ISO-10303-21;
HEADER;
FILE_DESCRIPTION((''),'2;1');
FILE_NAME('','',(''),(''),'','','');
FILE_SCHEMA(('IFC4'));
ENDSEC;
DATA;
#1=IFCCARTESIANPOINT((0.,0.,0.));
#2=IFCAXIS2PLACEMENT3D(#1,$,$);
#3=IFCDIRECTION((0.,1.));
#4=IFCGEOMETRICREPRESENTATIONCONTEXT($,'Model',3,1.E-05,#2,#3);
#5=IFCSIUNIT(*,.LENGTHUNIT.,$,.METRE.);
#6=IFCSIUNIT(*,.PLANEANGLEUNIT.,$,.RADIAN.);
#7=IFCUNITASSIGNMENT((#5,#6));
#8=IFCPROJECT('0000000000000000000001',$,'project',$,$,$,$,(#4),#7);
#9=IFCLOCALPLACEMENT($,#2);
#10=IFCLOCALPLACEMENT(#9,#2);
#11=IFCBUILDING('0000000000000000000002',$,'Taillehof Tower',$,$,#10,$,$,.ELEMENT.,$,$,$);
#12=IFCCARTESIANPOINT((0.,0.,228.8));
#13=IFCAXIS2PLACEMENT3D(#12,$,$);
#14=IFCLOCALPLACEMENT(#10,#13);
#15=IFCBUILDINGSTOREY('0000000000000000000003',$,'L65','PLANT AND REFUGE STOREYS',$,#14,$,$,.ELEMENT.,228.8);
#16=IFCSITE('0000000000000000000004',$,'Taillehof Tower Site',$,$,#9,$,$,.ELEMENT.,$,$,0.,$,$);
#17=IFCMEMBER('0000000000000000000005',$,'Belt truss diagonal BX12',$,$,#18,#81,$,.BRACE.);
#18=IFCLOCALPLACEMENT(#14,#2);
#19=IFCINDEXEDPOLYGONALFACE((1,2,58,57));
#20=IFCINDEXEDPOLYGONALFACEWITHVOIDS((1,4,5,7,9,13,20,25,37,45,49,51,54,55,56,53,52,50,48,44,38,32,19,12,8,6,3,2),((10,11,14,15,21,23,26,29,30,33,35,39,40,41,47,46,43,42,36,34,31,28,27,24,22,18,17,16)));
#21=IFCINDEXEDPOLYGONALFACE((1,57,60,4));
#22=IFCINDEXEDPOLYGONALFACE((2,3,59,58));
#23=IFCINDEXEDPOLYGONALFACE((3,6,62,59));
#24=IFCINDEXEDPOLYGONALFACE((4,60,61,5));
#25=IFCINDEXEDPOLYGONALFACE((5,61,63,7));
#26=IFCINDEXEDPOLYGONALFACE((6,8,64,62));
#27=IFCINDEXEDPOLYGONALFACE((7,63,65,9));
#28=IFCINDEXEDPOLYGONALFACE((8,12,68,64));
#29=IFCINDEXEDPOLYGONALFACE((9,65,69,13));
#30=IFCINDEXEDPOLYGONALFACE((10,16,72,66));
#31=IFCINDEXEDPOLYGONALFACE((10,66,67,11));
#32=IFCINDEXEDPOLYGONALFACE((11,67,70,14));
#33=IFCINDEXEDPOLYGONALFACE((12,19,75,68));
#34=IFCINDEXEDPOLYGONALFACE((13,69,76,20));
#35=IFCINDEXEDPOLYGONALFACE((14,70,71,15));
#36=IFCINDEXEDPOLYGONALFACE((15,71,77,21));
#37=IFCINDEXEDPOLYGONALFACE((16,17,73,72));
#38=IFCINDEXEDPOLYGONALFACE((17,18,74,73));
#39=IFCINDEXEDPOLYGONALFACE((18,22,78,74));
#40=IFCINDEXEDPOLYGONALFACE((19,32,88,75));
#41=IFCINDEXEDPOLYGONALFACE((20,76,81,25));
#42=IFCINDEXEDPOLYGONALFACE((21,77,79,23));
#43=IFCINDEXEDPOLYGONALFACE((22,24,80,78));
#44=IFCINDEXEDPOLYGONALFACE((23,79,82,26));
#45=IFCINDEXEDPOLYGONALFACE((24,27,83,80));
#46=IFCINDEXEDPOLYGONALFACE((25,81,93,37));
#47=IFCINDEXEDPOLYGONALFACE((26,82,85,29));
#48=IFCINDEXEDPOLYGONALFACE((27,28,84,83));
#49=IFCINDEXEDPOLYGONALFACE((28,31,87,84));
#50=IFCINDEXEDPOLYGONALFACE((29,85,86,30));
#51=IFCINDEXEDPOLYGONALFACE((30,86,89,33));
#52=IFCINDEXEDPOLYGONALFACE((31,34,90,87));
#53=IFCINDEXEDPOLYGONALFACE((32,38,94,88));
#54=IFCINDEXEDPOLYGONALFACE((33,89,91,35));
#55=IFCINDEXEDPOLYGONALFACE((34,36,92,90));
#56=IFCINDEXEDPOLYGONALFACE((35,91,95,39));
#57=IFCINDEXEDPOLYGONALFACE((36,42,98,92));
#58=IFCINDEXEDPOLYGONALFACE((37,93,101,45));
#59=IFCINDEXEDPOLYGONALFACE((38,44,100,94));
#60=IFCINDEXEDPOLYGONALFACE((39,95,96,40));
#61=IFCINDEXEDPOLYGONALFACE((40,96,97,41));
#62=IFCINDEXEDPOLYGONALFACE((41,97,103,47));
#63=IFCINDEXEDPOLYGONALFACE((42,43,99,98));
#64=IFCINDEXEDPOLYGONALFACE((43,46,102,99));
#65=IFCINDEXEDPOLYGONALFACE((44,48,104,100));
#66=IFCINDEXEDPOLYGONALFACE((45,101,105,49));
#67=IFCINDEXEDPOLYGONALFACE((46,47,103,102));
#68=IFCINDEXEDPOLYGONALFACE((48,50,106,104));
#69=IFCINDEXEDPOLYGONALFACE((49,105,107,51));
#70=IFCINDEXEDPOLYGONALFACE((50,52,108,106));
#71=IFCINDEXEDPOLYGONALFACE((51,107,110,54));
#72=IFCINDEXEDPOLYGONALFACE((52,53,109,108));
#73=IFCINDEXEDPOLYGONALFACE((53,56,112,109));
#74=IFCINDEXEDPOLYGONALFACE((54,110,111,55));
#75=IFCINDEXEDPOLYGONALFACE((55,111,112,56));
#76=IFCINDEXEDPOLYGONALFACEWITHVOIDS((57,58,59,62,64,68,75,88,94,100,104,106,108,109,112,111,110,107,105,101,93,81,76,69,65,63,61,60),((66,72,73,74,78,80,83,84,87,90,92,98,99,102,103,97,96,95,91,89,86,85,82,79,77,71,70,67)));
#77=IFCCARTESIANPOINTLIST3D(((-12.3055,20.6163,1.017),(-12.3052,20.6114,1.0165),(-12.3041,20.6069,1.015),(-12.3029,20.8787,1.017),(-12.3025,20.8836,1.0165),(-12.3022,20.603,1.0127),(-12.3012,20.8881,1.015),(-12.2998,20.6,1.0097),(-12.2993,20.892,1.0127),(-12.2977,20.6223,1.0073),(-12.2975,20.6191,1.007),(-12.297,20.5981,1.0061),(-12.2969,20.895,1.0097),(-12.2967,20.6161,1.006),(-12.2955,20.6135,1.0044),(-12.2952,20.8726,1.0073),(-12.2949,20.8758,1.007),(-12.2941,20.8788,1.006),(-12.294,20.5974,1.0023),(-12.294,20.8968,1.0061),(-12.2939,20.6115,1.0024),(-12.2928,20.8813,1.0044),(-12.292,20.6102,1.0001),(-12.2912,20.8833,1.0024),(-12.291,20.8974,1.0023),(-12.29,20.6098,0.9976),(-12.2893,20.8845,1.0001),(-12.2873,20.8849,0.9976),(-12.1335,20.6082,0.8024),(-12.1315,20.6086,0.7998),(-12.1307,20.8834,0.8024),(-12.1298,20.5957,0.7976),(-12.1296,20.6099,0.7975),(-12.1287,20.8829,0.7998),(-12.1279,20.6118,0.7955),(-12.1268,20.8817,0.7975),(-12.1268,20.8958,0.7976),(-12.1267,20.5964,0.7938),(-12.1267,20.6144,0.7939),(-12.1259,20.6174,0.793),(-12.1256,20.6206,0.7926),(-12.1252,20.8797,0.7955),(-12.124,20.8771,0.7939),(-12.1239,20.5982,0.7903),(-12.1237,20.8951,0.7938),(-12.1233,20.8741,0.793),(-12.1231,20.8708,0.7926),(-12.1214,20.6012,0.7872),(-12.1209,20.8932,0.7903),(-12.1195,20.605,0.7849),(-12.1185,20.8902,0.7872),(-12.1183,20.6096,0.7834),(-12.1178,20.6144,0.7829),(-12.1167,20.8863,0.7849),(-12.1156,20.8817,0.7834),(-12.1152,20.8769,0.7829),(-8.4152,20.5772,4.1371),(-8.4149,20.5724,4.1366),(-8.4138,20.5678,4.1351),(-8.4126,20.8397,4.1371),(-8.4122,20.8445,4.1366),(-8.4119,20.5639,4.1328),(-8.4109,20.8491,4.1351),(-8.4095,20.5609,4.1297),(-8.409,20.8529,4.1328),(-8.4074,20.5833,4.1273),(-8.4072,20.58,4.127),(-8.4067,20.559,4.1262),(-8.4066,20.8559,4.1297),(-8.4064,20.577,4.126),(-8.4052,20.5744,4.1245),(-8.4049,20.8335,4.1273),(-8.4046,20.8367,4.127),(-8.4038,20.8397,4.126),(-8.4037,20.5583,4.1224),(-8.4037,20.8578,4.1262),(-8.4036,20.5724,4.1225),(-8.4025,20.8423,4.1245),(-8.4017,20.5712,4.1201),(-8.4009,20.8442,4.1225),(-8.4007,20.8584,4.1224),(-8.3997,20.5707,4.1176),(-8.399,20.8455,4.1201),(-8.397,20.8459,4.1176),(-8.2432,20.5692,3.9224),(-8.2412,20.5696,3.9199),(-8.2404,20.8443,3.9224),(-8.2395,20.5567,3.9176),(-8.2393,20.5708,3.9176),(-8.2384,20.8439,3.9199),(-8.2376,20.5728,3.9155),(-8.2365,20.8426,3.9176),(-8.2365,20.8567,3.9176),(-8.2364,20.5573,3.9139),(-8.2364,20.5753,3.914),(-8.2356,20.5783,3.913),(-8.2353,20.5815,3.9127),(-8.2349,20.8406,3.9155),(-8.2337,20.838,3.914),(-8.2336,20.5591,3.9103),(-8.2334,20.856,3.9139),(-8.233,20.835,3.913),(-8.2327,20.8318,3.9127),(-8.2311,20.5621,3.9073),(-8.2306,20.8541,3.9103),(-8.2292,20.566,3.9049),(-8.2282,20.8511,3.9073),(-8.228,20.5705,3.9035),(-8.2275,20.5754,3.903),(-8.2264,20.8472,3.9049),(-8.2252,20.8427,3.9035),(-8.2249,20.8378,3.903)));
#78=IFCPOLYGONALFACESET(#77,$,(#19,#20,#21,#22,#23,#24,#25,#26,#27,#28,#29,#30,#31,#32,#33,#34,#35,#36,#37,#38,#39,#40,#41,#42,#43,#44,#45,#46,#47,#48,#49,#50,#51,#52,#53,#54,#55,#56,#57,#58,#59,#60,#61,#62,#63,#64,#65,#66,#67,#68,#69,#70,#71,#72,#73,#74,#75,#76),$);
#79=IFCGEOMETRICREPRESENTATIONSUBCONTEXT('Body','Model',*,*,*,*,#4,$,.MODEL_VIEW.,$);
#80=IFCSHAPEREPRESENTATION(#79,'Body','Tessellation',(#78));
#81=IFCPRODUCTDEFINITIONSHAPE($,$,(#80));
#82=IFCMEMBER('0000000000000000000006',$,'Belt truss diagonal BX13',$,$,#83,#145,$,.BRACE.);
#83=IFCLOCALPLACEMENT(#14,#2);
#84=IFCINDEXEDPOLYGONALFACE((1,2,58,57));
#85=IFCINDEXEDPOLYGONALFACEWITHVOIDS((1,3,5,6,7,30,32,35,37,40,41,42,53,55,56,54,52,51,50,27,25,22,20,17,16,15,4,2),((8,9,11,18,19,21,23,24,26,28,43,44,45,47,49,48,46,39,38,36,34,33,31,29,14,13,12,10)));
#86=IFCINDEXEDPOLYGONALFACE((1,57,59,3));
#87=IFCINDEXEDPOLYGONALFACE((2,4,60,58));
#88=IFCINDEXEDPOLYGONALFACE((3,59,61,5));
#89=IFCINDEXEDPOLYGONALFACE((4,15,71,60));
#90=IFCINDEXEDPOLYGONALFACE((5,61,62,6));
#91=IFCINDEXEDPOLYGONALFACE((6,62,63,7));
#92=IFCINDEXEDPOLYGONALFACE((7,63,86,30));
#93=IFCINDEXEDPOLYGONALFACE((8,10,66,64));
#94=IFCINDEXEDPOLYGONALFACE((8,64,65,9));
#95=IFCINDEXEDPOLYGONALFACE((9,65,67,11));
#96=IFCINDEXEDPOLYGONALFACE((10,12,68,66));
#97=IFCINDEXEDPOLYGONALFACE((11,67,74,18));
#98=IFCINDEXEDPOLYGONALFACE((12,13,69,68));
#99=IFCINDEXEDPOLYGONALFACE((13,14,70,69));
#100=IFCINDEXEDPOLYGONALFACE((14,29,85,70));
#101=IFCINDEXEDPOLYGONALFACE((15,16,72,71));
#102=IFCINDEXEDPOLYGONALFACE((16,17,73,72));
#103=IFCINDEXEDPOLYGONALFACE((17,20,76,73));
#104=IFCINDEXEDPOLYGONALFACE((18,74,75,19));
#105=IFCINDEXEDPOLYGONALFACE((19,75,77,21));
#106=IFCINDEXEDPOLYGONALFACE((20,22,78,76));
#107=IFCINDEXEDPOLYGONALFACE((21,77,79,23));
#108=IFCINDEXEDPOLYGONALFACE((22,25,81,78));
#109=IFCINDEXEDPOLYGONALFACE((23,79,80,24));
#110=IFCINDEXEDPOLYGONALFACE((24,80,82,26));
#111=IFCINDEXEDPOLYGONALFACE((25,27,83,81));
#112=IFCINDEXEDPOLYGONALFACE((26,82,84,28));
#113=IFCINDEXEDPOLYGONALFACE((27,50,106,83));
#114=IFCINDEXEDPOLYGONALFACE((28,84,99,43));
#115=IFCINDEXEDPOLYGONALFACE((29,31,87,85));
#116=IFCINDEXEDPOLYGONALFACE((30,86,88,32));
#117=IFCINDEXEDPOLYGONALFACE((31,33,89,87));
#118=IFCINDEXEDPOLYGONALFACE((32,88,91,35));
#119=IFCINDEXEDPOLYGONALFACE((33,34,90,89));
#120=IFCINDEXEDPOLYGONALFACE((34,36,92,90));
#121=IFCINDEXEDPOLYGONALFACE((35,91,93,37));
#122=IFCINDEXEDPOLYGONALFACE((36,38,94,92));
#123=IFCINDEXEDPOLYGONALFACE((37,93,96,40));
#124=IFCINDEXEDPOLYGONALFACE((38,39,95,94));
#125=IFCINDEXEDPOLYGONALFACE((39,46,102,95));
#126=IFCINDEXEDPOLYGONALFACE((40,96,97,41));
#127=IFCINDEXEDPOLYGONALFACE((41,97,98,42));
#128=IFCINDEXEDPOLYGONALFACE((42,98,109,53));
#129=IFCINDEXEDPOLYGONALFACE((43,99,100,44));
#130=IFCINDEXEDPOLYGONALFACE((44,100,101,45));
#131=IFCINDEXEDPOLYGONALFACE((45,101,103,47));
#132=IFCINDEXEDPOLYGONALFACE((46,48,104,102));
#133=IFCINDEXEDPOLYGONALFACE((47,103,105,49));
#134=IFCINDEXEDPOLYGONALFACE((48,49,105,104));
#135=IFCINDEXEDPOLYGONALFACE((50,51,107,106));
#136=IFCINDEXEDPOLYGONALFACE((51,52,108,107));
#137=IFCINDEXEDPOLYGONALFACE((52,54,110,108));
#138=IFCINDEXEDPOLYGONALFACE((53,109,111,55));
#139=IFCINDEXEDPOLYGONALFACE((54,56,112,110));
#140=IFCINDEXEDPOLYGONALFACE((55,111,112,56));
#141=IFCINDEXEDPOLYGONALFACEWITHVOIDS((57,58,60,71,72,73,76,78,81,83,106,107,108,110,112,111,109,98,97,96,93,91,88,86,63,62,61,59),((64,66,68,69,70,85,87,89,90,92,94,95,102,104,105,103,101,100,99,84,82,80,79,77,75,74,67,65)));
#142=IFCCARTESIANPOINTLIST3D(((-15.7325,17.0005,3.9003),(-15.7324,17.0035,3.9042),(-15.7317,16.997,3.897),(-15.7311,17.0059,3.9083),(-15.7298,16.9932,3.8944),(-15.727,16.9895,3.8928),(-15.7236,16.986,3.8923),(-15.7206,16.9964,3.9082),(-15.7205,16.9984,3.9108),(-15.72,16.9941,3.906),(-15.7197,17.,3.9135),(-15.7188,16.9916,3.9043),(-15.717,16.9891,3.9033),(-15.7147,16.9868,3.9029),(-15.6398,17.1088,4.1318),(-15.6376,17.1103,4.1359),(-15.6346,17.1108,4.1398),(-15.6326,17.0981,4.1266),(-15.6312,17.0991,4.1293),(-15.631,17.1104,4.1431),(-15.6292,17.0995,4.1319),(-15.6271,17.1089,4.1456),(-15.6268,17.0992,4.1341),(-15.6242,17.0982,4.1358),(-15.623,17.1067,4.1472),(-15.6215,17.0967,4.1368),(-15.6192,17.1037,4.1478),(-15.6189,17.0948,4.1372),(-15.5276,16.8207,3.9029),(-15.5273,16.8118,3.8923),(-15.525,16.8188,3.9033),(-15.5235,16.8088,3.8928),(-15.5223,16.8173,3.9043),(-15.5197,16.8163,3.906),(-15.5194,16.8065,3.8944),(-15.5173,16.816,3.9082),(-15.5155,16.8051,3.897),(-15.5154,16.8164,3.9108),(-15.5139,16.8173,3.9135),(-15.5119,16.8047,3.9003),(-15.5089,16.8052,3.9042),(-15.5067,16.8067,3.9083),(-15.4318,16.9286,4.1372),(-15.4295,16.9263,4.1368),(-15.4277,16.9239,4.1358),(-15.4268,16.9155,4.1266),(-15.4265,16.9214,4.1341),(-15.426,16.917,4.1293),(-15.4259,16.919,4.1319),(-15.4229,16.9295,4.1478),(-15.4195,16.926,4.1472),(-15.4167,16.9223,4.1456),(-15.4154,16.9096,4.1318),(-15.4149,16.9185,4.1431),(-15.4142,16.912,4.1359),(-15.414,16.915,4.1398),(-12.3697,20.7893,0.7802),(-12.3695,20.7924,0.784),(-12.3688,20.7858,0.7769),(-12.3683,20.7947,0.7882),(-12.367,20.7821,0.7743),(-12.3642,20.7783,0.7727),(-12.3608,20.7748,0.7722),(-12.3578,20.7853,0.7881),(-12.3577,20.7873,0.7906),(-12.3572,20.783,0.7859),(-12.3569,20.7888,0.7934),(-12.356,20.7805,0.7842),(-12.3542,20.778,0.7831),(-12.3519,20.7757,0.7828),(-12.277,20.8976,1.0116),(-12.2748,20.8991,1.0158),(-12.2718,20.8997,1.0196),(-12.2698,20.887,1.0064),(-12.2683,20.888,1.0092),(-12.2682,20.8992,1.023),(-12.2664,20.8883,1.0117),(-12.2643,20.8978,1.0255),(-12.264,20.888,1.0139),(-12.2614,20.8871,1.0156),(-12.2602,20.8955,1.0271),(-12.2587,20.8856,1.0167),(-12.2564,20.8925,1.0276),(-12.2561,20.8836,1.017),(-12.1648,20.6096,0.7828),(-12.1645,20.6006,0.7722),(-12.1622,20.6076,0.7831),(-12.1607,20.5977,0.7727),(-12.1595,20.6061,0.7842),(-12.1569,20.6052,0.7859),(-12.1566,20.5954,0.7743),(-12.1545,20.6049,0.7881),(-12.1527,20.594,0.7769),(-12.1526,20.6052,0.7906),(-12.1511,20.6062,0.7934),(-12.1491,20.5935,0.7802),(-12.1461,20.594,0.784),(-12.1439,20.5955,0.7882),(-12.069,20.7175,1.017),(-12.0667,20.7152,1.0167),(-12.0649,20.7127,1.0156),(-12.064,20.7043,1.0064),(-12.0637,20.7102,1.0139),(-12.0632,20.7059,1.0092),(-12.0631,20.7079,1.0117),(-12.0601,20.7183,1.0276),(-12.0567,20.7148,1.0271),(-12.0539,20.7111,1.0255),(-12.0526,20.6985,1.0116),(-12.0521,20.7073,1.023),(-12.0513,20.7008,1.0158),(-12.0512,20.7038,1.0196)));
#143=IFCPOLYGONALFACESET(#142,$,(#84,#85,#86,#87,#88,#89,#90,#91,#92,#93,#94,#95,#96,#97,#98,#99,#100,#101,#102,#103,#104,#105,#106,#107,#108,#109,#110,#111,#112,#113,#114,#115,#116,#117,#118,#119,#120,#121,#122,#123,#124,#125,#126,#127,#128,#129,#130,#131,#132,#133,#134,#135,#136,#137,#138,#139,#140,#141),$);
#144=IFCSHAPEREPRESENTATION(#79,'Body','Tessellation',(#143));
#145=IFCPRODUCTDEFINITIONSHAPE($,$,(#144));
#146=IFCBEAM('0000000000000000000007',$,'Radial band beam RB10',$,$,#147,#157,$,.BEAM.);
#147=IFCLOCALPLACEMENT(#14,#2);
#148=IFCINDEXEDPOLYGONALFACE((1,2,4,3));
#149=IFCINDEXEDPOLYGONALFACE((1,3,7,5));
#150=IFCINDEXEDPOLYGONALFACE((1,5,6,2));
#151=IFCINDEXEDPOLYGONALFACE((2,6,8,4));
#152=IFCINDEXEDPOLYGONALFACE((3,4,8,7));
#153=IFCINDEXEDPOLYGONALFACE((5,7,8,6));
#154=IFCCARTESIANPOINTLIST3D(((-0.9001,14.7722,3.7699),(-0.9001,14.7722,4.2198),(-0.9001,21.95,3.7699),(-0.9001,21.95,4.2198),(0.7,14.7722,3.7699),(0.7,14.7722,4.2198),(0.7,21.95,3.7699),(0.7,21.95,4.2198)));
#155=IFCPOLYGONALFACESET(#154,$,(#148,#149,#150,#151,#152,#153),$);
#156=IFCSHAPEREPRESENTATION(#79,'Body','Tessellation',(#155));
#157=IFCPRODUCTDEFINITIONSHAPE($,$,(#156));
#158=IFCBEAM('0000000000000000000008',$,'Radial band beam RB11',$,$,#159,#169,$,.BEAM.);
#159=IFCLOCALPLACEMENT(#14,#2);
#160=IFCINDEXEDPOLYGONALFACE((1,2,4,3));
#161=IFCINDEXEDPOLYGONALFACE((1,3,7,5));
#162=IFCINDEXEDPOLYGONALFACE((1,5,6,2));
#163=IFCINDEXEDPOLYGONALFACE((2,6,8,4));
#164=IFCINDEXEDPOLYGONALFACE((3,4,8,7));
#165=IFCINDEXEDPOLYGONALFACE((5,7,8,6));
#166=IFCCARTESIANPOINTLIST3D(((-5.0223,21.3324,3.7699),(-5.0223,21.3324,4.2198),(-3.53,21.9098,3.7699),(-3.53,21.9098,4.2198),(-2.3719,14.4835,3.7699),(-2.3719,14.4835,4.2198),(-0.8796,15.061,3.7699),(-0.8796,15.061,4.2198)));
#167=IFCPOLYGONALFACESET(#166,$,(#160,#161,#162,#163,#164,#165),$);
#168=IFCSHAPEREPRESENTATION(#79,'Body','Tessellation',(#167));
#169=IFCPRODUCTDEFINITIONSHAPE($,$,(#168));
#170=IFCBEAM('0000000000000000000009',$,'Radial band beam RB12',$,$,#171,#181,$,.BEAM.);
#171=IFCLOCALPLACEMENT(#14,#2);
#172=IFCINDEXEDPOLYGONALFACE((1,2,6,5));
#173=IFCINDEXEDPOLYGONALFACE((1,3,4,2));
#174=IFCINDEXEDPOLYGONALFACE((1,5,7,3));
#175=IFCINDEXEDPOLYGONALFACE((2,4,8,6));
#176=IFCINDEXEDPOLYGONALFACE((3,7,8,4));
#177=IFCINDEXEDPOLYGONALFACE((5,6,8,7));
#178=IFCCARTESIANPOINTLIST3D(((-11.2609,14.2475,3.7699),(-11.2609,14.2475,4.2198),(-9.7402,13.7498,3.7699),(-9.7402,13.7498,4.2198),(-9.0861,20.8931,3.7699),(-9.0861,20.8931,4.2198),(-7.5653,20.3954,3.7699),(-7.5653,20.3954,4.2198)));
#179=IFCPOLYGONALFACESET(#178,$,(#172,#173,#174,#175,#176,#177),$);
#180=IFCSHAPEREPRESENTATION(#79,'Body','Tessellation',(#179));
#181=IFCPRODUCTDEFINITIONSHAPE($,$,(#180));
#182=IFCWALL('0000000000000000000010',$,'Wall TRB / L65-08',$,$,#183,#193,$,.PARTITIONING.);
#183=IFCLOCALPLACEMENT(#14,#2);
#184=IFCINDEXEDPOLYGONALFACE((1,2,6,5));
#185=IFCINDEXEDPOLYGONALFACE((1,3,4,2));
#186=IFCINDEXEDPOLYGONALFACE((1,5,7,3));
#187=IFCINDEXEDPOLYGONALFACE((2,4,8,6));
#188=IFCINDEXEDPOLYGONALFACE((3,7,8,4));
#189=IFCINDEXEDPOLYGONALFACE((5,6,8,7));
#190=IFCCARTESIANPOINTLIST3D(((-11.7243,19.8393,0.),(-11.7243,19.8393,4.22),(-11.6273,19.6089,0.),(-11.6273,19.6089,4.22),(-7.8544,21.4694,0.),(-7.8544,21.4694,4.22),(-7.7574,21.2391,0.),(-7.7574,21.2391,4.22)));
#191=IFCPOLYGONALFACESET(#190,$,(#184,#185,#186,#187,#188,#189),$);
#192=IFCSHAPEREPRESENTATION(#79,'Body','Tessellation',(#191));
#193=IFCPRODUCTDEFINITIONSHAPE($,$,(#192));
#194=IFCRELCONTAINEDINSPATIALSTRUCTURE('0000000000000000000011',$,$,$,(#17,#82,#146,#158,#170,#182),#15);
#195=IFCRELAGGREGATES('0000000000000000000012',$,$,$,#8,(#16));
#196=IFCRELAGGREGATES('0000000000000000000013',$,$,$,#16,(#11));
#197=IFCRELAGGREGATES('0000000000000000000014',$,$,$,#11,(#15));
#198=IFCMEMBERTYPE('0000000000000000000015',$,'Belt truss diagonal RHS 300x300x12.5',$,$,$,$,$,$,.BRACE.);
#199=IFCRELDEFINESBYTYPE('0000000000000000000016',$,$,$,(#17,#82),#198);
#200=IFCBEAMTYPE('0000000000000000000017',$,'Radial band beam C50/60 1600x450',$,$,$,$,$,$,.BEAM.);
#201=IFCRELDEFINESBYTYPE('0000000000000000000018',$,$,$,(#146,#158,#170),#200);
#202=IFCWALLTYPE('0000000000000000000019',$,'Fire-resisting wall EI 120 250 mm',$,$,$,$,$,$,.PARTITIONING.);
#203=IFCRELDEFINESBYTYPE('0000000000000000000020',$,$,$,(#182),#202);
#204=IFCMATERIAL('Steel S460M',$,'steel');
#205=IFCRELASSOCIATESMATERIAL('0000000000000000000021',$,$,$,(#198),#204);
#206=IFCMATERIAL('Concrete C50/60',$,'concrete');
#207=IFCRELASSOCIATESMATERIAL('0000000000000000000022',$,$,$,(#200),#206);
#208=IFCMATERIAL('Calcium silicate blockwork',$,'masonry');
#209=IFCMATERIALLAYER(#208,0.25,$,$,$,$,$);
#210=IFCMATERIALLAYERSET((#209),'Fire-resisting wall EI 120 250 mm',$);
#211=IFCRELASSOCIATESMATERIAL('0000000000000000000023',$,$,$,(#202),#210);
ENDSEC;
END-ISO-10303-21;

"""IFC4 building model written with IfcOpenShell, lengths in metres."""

from ifc_helpers import new_model, si_unit, direction, frame, frame_2d, origin, origin_2d, place, context, subcontext, project, spatial, rectangle, hollow_rectangle, extrude, material, layer, layer_set, material_profile, profile_set, type_object, element, save


model = new_model("IFC4")

# Units and contexts
model_context = context("Model", 3, precision=1e-05, world=origin(), true_north=direction((0.0, 1.0)))
body_context = subcontext(model_context, "Body", "Model", "MODEL_VIEW")
ifc_project = project(units=[si_unit("LENGTHUNIT", "METRE"), si_unit("PLANEANGLEUNIT", "RADIAN")], contexts=[model_context])

# Site, building, storey
site_placement = place(None, origin())
site = spatial("IfcSite", under=ifc_project, at=site_placement, Name="Taillehof Tower Site", CompositionType="ELEMENT", RefElevation=0.0)
building_placement = place(site_placement, origin())
building = spatial("IfcBuilding", under=site, at=building_placement, Name="Taillehof Tower", CompositionType="ELEMENT")
storey_placement = place(building_placement, frame((0.0, 0.0, 228.8)))
storey = spatial("IfcBuildingStorey", under=building, at=storey_placement, Name="L65", Description="PLANT AND REFUGE STOREYS", CompositionType="ELEMENT", Elevation=228.8)

# Members
ifc_material_1 = material(Name="Steel S460M", Category="steel")
ifc_material_profile_1 = material_profile(ifc_material_1, hollow_rectangle(XDim=0.3, YDim=0.3, WallThickness=0.0125, InnerFilletRadius=0.0125, OuterFilletRadius=0.0188, at=origin_2d()), Name="RHS 300x300x12.5")
ifc_profile_set_1 = profile_set([ifc_material_profile_1], Name="Steel S460M")
member_type_1 = type_object("IfcMemberType", Name="Belt truss diagonal RHS 300x300x12.5", PredefinedType="BRACE", material=ifc_profile_set_1)
member_1_placement = place(storey_placement, frame((-8.3201, 20.7075, 4.02), z_axis=(-0.78008, 0.007833, -0.625631), x_axis=(-0.01004, -0.99995, 0.0)))
element("IfcMember", 1, at=member_1_placement, inside=storey, type_object=member_type_1, Name="Belt truss diagonal BX12", PredefinedType="BRACE", context=body_context, shape_type="SweptSolid", body=[
    extrude(hollow_rectangle(XDim=0.3, YDim=0.3, WallThickness=0.0125, InnerFilletRadius=0.0125, OuterFilletRadius=0.0188, at=origin_2d()), origin(), (0.0, 0.0, 1.0), 4.9871),
])
member_2_placement = place(storey_placement, frame((-12.2104, 20.7466, 0.8999), z_axis=(-0.565206, -0.636811, 0.524418), x_axis=(0.747904, -0.663807, 0.0)))
element("IfcMember", 2, at=member_2_placement, inside=storey, type_object=member_type_1, Name="Belt truss diagonal BX13", PredefinedType="BRACE", context=body_context, shape_type="SweptSolid", body=[
    extrude(hollow_rectangle(XDim=0.3, YDim=0.3, WallThickness=0.0125, InnerFilletRadius=0.0125, OuterFilletRadius=0.0188, at=origin_2d()), origin(), (0.0, 0.0, 1.0), 5.9497),
])

# Beams
ifc_material_2 = material(Name="Concrete C50/60", Category="concrete")
ifc_material_profile_2 = material_profile(ifc_material_2, rectangle(XDim=1.6001, YDim=0.45, at=origin_2d()), Name="RC 1600x450")
ifc_profile_set_2 = profile_set([ifc_material_profile_2], Name="Concrete C50/60")
beam_type = type_object("IfcBeamType", Name="Radial band beam C50/60 1600x450", PredefinedType="BEAM", material=ifc_profile_set_2)
beam_1_placement = place(storey_placement, frame((-0.1001, 21.95, 3.9949), z_axis=(0.0, -1.0, 0.0), x_axis=(1.0, 0.0, 0.0)))
element("IfcBeam", 3, at=beam_1_placement, inside=storey, type_object=beam_type, Name="Radial band beam RB10", PredefinedType="BEAM", context=body_context, shape_type="SweptSolid", body=[
    extrude(rectangle(XDim=1.6001, YDim=0.45, at=origin_2d()), origin(), (0.0, 0.0, 1.0), 7.1777),
])
beam_2_placement = place(storey_placement, frame((-4.2761, 21.6211, 3.9949), z_axis=(0.360901, -0.932604, 0.0), x_axis=(0.932604, 0.360901, 0.0)))
element("IfcBeam", 4, at=beam_2_placement, inside=storey, type_object=beam_type, Name="Radial band beam RB11", PredefinedType="BEAM", context=body_context, shape_type="SweptSolid", body=[
    extrude(rectangle(XDim=1.6001, YDim=0.45, at=origin_2d()), origin(), (0.0, 0.0, 1.0), 7.3438),
])
beam_3_placement = place(storey_placement, frame((-8.3257, 20.6443, 3.9949), z_axis=(-0.311028, -0.950401, 0.0), x_axis=(0.950401, -0.311028, 0.0)))
element("IfcBeam", 5, at=beam_3_placement, inside=storey, type_object=beam_type, Name="Radial band beam RB12", PredefinedType="BEAM", context=body_context, shape_type="SweptSolid", body=[
    extrude(rectangle(XDim=1.6001, YDim=0.45, at=origin_2d()), origin(), (0.0, 0.0, 1.0), 6.9924),
])

# Wall
ifc_material_3 = material(Name="Calcium silicate blockwork", Category="masonry")
ifc_layer_1 = layer(ifc_material_3, 0.25)
ifc_layer_set_1 = layer_set([ifc_layer_1], Name="Fire-resisting wall EI 120 250 mm")
wall_type = type_object("IfcWallType", Name="Fire-resisting wall EI 120 250 mm", PredefinedType="PARTITIONING", material=ifc_layer_set_1)
wall_1_placement = place(storey_placement, frame((-7.8059, 21.3542, 0.0), z_axis=(0.0, 0.0, 1.0), x_axis=(-0.921575, -0.3882, 0.0)))
element("IfcWall", 6, at=wall_1_placement, inside=storey, type_object=wall_type, Name="Wall TRB / L65-08", PredefinedType="PARTITIONING", context=body_context, shape_type="SweptSolid", body=[
    extrude(rectangle(XDim=4.1992, YDim=0.25, at=frame_2d((2.0996, 0.0))), origin(), (0.0, 0.0, 1.0), 4.22),
])

save(model, "model.ifc")
